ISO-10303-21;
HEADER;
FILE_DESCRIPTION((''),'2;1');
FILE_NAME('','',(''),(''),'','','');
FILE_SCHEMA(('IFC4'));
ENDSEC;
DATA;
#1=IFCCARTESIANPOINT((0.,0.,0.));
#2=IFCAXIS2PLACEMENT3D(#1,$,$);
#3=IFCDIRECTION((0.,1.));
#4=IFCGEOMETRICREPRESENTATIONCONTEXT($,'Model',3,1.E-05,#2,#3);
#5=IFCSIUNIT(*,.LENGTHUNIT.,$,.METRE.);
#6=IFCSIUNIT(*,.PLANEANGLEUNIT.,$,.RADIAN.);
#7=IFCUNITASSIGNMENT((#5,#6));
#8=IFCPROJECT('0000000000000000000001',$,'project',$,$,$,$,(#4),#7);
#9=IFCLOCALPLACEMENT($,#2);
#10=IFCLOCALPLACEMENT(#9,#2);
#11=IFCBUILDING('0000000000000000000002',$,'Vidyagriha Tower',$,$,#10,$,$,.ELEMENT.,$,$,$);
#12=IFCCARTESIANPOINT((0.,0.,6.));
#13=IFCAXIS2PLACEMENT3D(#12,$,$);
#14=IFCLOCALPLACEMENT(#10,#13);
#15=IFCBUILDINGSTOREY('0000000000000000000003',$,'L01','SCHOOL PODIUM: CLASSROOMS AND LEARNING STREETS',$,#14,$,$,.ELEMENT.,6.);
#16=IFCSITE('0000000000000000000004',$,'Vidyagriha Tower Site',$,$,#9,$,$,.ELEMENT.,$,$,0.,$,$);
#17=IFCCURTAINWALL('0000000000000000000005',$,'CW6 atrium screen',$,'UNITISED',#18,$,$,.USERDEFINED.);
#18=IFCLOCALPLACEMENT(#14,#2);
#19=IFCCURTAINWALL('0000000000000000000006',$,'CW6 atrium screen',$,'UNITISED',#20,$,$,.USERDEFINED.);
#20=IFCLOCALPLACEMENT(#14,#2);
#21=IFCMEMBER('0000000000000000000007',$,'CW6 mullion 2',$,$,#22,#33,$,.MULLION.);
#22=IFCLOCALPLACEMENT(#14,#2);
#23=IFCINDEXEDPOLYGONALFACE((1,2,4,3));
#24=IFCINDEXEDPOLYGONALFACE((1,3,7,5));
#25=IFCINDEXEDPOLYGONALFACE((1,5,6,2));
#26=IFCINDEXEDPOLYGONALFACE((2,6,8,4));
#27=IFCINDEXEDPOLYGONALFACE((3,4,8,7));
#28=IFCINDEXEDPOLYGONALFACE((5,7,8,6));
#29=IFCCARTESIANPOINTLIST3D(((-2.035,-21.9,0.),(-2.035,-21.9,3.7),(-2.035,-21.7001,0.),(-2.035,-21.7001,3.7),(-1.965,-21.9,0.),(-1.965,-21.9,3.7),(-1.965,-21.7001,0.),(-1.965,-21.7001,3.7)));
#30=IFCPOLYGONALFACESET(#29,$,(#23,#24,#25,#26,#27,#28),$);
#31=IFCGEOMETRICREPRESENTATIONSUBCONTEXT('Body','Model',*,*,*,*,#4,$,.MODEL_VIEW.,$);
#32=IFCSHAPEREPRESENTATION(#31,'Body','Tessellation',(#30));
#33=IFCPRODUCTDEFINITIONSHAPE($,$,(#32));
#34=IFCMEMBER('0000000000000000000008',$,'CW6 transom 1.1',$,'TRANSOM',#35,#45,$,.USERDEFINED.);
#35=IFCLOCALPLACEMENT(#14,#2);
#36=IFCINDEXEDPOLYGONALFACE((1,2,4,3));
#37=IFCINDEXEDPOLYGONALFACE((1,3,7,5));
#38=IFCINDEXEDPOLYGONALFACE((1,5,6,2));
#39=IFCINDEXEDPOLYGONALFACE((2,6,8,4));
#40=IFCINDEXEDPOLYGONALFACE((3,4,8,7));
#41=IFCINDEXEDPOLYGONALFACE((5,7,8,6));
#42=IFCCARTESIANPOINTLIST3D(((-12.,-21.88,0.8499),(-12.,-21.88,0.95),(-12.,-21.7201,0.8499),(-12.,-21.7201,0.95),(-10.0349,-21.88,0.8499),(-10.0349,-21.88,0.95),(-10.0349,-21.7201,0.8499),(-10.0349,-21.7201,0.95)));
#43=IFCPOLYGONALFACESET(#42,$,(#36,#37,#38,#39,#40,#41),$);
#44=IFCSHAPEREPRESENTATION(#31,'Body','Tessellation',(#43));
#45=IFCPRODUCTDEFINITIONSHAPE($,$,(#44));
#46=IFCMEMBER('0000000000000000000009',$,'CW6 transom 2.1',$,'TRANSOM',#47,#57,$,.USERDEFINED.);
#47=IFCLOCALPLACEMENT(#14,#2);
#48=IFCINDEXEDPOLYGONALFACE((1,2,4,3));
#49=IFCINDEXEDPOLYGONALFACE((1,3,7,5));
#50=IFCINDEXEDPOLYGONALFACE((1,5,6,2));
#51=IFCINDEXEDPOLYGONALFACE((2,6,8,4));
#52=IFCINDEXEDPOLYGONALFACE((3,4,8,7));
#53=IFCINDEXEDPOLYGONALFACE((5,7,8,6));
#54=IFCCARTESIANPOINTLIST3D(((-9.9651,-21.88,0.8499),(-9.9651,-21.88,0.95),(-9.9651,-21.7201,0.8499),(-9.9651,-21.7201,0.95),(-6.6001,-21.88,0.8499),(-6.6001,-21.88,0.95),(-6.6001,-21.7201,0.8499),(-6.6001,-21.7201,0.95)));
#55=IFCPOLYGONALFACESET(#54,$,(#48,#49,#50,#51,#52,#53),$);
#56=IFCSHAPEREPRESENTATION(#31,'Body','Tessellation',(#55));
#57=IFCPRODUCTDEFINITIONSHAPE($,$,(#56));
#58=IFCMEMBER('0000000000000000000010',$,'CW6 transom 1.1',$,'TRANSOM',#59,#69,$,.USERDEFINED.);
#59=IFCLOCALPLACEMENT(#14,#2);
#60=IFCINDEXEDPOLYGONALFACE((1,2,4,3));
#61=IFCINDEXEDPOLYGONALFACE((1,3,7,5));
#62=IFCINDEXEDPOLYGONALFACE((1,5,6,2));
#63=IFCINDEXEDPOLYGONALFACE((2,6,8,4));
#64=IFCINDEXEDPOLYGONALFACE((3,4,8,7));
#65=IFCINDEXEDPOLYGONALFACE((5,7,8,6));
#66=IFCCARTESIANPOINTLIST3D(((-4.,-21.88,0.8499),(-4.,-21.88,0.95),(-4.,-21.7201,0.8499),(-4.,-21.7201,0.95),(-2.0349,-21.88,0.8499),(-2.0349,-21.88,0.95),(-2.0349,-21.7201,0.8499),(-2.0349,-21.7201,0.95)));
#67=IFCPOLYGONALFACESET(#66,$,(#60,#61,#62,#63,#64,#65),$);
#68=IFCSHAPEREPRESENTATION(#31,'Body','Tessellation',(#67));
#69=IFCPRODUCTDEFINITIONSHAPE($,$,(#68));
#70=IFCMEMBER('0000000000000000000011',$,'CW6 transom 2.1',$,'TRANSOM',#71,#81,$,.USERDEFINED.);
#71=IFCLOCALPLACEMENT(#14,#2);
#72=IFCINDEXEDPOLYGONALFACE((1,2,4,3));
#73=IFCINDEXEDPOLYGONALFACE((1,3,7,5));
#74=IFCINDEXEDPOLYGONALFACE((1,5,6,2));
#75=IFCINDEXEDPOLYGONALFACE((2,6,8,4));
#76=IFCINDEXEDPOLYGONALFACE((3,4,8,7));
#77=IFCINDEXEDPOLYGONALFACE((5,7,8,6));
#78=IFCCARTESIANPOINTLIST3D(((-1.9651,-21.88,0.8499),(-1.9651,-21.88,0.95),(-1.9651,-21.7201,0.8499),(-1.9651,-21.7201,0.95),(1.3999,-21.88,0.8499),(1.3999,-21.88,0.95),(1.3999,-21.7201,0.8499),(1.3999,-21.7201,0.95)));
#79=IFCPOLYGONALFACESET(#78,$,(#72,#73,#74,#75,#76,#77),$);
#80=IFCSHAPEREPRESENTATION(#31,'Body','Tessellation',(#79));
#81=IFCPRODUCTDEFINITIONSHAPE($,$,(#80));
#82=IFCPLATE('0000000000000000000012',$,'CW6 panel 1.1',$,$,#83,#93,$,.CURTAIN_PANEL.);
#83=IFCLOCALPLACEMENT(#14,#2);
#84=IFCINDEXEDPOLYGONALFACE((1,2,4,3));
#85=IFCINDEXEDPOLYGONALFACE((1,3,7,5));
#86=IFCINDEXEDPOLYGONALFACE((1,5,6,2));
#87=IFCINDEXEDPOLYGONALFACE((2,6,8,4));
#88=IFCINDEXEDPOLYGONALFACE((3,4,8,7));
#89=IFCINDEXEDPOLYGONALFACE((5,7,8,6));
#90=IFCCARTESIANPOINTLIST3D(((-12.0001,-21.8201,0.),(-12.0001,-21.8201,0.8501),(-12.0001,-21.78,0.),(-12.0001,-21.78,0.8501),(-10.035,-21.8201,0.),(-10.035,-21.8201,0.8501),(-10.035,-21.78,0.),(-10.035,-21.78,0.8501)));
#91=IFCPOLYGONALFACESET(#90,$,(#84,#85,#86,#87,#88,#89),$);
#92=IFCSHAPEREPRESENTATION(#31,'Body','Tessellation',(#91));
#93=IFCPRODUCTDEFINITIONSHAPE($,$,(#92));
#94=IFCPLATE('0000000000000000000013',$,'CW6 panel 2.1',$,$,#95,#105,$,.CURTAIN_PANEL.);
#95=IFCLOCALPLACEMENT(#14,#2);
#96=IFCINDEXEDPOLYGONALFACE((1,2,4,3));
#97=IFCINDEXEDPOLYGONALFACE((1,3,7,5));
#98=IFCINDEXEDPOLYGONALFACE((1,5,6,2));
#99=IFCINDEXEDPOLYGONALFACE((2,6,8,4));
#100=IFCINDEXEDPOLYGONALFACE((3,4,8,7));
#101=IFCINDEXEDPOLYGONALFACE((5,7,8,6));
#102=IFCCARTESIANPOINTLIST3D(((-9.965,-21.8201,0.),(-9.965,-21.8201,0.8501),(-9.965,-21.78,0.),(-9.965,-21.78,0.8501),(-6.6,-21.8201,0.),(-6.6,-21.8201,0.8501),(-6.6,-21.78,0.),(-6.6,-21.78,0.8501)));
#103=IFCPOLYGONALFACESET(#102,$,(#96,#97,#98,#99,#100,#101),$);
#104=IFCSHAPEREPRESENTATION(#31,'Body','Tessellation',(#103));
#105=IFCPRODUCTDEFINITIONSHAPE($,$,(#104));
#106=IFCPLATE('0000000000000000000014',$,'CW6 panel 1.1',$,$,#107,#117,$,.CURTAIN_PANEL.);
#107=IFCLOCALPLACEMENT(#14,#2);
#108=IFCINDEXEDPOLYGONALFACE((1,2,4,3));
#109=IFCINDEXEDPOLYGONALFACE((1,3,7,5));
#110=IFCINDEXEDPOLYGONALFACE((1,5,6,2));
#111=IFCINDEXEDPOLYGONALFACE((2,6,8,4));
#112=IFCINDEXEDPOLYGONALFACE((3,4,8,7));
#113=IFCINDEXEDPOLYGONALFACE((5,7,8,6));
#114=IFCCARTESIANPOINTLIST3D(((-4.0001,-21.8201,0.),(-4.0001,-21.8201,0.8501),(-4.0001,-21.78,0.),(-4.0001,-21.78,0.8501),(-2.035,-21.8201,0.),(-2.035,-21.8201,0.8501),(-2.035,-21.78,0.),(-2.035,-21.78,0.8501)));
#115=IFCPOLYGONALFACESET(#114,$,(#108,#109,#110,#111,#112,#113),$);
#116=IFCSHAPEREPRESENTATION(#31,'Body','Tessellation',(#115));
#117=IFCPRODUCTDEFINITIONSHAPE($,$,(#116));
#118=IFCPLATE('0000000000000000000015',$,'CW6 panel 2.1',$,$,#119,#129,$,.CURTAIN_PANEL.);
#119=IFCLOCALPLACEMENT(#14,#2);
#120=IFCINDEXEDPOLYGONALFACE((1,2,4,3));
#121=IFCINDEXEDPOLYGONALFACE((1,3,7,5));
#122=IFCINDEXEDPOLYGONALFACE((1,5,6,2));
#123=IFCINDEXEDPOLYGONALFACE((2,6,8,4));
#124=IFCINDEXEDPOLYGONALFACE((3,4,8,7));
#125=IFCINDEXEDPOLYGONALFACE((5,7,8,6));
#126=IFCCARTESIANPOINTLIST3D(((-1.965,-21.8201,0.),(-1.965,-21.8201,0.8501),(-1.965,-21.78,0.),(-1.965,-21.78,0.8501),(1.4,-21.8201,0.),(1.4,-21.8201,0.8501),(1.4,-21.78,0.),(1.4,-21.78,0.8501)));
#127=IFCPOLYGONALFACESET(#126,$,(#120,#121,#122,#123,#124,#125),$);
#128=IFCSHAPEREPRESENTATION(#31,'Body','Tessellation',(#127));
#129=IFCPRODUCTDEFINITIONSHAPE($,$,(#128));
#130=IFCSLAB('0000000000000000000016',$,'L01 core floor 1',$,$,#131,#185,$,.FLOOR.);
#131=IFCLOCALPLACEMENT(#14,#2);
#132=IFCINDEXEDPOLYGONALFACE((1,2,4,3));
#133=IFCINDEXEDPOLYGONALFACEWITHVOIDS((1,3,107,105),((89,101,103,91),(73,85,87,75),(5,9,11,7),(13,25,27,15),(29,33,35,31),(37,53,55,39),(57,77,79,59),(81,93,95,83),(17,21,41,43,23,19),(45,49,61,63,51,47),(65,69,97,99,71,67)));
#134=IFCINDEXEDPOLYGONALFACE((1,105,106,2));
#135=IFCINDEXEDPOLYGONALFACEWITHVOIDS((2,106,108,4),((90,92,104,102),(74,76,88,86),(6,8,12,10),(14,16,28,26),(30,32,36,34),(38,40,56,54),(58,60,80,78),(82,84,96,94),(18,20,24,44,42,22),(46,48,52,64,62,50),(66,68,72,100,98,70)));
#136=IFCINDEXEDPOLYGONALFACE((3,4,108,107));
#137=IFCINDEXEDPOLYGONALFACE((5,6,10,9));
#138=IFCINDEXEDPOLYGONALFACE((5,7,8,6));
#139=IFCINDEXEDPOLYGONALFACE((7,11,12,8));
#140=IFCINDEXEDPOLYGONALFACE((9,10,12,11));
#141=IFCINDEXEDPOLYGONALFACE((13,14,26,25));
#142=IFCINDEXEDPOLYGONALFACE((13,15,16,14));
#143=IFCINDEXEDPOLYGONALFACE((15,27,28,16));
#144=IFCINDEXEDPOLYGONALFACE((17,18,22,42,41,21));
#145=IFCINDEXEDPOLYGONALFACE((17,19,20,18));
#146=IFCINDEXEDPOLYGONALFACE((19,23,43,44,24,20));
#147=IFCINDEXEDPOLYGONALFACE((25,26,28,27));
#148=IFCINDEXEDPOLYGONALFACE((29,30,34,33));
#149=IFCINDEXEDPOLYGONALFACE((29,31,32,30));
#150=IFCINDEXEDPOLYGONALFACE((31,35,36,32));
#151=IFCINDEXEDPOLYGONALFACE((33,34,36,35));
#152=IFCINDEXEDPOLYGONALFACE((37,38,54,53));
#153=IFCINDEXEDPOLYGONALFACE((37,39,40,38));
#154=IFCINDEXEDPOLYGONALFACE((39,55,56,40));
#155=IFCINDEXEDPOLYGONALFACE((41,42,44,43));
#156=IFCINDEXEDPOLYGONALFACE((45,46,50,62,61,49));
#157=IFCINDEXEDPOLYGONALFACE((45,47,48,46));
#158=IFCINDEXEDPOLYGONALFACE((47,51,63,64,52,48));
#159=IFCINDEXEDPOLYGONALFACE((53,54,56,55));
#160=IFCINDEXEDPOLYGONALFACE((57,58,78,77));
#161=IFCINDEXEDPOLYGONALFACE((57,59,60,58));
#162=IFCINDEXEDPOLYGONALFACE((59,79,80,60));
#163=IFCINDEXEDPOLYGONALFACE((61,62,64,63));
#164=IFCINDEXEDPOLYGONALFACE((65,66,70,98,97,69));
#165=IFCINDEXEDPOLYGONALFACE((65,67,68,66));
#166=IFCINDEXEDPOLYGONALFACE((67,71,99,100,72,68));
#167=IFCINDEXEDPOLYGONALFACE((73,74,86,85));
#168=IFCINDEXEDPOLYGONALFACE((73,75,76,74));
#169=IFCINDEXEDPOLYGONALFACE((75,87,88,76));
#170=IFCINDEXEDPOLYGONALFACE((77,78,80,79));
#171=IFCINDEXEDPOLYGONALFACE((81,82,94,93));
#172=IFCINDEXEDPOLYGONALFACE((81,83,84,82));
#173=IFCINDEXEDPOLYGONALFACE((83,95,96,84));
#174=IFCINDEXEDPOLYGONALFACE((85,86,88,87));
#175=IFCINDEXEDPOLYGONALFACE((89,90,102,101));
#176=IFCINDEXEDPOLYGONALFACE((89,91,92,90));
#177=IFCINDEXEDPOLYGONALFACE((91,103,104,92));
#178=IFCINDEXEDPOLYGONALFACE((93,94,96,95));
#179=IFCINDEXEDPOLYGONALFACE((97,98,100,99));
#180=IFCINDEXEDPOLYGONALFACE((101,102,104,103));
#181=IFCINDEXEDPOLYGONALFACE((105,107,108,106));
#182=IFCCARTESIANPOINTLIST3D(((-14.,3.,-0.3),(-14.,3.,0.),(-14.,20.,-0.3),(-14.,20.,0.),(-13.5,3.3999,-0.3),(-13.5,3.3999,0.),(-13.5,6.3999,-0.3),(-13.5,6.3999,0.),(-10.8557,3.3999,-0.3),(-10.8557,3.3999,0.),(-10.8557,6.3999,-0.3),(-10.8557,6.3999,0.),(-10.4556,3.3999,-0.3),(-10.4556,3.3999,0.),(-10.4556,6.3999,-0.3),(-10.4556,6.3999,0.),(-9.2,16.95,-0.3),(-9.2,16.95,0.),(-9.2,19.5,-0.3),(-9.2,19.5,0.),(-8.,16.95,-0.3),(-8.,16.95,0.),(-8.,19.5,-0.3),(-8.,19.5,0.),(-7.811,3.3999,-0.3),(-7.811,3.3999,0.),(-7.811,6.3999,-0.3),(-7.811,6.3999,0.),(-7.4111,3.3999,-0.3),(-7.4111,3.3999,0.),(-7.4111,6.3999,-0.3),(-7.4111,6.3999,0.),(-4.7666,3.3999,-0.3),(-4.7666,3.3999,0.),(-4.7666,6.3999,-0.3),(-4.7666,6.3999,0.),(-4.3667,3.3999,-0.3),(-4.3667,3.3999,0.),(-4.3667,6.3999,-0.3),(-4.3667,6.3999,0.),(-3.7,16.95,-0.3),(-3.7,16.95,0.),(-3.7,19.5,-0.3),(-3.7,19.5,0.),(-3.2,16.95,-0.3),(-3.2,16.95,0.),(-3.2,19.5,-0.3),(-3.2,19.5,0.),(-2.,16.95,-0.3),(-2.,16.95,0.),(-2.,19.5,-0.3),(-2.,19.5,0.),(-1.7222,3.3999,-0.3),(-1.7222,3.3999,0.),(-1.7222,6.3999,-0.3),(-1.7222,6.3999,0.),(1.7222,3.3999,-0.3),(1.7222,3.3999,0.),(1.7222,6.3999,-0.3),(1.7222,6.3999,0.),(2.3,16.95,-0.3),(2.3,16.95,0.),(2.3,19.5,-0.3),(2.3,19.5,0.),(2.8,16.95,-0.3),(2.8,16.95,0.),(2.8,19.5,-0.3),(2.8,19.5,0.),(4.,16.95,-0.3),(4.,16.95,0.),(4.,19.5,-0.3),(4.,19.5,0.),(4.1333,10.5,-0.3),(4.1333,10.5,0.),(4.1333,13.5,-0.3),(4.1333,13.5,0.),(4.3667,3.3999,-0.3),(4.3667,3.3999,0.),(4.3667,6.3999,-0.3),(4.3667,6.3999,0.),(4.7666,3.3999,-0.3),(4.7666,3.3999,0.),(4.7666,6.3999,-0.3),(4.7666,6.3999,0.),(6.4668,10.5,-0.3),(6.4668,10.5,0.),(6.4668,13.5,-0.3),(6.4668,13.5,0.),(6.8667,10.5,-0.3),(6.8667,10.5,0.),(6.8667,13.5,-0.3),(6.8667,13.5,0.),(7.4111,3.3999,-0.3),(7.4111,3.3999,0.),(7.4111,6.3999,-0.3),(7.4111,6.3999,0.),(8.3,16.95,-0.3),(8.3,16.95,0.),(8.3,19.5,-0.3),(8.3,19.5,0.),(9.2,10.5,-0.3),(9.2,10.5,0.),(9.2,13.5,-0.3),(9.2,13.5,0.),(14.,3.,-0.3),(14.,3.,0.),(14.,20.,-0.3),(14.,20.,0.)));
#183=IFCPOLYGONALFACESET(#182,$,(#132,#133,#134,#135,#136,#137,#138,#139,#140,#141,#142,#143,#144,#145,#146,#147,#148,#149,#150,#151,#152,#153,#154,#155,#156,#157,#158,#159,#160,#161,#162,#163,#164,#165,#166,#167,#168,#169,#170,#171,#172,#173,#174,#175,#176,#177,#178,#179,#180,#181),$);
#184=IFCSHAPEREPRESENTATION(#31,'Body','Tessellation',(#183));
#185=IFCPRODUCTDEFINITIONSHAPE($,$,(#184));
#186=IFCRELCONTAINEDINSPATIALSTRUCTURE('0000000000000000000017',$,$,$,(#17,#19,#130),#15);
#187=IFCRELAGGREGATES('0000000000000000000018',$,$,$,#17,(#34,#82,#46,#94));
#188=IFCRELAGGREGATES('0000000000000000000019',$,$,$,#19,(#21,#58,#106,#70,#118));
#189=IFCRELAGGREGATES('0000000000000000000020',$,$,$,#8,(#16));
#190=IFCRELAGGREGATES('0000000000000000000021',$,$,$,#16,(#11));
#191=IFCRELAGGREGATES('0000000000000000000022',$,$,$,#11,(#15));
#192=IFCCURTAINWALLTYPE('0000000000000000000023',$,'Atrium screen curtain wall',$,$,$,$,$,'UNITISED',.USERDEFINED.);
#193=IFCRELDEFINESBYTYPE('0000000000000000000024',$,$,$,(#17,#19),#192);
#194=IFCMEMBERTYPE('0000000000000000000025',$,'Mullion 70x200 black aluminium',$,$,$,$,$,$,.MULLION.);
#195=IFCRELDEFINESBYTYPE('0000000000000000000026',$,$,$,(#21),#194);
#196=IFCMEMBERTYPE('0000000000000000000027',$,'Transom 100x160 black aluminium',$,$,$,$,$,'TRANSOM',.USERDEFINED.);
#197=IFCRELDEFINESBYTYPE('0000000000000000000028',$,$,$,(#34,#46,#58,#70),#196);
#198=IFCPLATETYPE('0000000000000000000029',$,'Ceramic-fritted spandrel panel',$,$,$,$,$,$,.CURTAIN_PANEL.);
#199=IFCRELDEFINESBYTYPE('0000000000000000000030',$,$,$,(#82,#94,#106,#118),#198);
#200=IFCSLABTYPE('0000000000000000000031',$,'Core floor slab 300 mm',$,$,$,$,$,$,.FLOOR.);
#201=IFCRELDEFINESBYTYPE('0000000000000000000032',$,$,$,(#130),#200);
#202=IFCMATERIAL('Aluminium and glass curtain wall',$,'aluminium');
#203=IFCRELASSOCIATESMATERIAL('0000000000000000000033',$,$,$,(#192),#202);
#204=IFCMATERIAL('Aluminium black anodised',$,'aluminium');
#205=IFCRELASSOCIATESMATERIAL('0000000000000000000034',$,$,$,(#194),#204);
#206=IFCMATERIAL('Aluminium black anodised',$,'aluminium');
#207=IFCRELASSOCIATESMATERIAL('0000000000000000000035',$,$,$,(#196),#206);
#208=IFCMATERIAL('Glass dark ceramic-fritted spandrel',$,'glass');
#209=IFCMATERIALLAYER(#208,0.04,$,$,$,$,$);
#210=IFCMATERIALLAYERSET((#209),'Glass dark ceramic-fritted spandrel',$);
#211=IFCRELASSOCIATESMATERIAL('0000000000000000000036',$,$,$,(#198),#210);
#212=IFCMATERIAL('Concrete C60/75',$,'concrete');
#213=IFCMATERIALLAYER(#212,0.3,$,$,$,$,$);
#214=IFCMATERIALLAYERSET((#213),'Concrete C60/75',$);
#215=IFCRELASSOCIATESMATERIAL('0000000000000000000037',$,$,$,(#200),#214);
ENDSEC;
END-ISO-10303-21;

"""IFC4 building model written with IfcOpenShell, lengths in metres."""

from ifc_helpers import new_model, si_unit, direction, frame, origin, origin_2d, place, context, subcontext, project, spatial, polyline, rectangle, outline, extrude, material, layer, layer_set, material_profile, profile_set, type_object, element, aggregate, save


model = new_model("IFC4")

# Units and contexts
model_context = context("Model", 3, precision=1e-05, world=origin(), true_north=direction((0.0, 1.0)))
body_context = subcontext(model_context, "Body", "Model", "MODEL_VIEW")
ifc_project = project(units=[si_unit("LENGTHUNIT", "METRE"), si_unit("PLANEANGLEUNIT", "RADIAN")], contexts=[model_context])

# Site, building, storey
site_placement = place(None, origin())
site = spatial("IfcSite", under=ifc_project, at=site_placement, Name="Vidyagriha Tower Site", CompositionType="ELEMENT", RefElevation=0.0)
building_placement = place(site_placement, origin())
building = spatial("IfcBuilding", under=site, at=building_placement, Name="Vidyagriha Tower", CompositionType="ELEMENT")
storey_placement = place(building_placement, frame((0.0, 0.0, 6.0)))
storey = spatial("IfcBuildingStorey", under=building, at=storey_placement, Name="L01", Description="SCHOOL PODIUM: CLASSROOMS AND LEARNING STREETS", CompositionType="ELEMENT", Elevation=6.0)

# Shared definitions
ifc_material_1 = material(Name="Aluminium and glass curtain wall", Category="aluminium")
curtain_wall_type = type_object("IfcCurtainWallType", Name="Atrium screen curtain wall", ElementType="UNITISED", PredefinedType="USERDEFINED", material=ifc_material_1)
ifc_material_2 = material(Name="Aluminium black anodised", Category="aluminium")
ifc_material_profile_1 = material_profile(ifc_material_2, rectangle(XDim=0.2, YDim=0.0701, at=origin_2d()), Name="Mullion 70x200 black aluminium")
ifc_profile_set_1 = profile_set([ifc_material_profile_1], Name="Aluminium black anodised")
member_type_1 = type_object("IfcMemberType", Name="Mullion 70x200 black aluminium", PredefinedType="MULLION", material=ifc_profile_set_1)

# Curtain wall
curtain_wall_1_placement = place(storey_placement, origin())
curtain_wall_1 = element("IfcCurtainWall", 1, at=curtain_wall_1_placement, inside=storey, type_object=curtain_wall_type, Name="CW6 atrium screen", ObjectType="UNITISED", PredefinedType="USERDEFINED")

# Curtain wall, member
curtain_wall_2_placement = place(storey_placement, origin())
curtain_wall_2 = element("IfcCurtainWall", 2, at=curtain_wall_2_placement, inside=storey, type_object=curtain_wall_type, Name="CW6 atrium screen", ObjectType="UNITISED", PredefinedType="USERDEFINED")
member_1_placement = place(storey_placement, frame((-2.0, -21.8, 0.0), z_axis=(0.0, 0.0, 1.0), x_axis=(0.0, 1.0, 0.0)))
member_1 = element("IfcMember", 3, at=member_1_placement, type_object=member_type_1, Name="CW6 mullion 2", PredefinedType="MULLION", context=body_context, shape_type="SweptSolid", body=[
    extrude(rectangle(XDim=0.2, YDim=0.0701, at=origin_2d()), origin(), (0.0, 0.0, 1.0), 3.7),
])

# Members
ifc_material_3 = material(Name="Aluminium black anodised", Category="aluminium")
ifc_material_profile_2 = material_profile(ifc_material_3, rectangle(XDim=0.1599, YDim=0.1001, at=origin_2d()), Name="Transom 100x160 black aluminium")
ifc_profile_set_2 = profile_set([ifc_material_profile_2], Name="Aluminium black anodised")
member_type_2 = type_object("IfcMemberType", Name="Transom 100x160 black aluminium", ElementType="TRANSOM", PredefinedType="USERDEFINED", material=ifc_profile_set_2)
member_2_placement = place(storey_placement, frame((-12.0, -21.8, 0.8999), z_axis=(1.0, 0.0, 0.0), x_axis=(0.0, 1.0, 0.0)))
member_2 = element("IfcMember", 4, at=member_2_placement, type_object=member_type_2, Name="CW6 transom 1.1", ObjectType="TRANSOM", PredefinedType="USERDEFINED", context=body_context, shape_type="SweptSolid", body=[
    extrude(rectangle(XDim=0.1599, YDim=0.1001, at=origin_2d()), origin(), (0.0, 0.0, 1.0), 1.9651),
])
member_3_placement = place(storey_placement, frame((-9.9651, -21.8, 0.8999), z_axis=(1.0, 0.0, 0.0), x_axis=(0.0, 1.0, 0.0)))
member_3 = element("IfcMember", 5, at=member_3_placement, type_object=member_type_2, Name="CW6 transom 2.1", ObjectType="TRANSOM", PredefinedType="USERDEFINED", context=body_context, shape_type="SweptSolid", body=[
    extrude(rectangle(XDim=0.1599, YDim=0.1001, at=origin_2d()), origin(), (0.0, 0.0, 1.0), 3.365),
])
member_4_placement = place(storey_placement, frame((-4.0, -21.8, 0.8999), z_axis=(1.0, 0.0, 0.0), x_axis=(0.0, 1.0, 0.0)))
member_4 = element("IfcMember", 6, at=member_4_placement, type_object=member_type_2, Name="CW6 transom 1.1", ObjectType="TRANSOM", PredefinedType="USERDEFINED", context=body_context, shape_type="SweptSolid", body=[
    extrude(rectangle(XDim=0.1599, YDim=0.1001, at=origin_2d()), origin(), (0.0, 0.0, 1.0), 1.9651),
])
member_5_placement = place(storey_placement, frame((-1.9651, -21.8, 0.8999), z_axis=(1.0, 0.0, 0.0), x_axis=(0.0, 1.0, 0.0)))
member_5 = element("IfcMember", 7, at=member_5_placement, type_object=member_type_2, Name="CW6 transom 2.1", ObjectType="TRANSOM", PredefinedType="USERDEFINED", context=body_context, shape_type="SweptSolid", body=[
    extrude(rectangle(XDim=0.1599, YDim=0.1001, at=origin_2d()), origin(), (0.0, 0.0, 1.0), 3.365),
])

# Plates
ifc_material_4 = material(Name="Glass dark ceramic-fritted spandrel", Category="glass")
ifc_layer_1 = layer(ifc_material_4, 0.04)
ifc_layer_set_1 = layer_set([ifc_layer_1], Name="Glass dark ceramic-fritted spandrel")
plate_type_1 = type_object("IfcPlateType", Name="Ceramic-fritted spandrel panel", PredefinedType="CURTAIN_PANEL", material=ifc_layer_set_1)
plate_1_placement = place(storey_placement, frame((-11.0176, -21.8, 0.0)))
plate_1 = element("IfcPlate", 8, at=plate_1_placement, type_object=plate_type_1, Name="CW6 panel 1.1", PredefinedType="CURTAIN_PANEL", context=body_context, shape_type="SweptSolid", body=[
    extrude(rectangle(XDim=1.9651, YDim=0.04, at=origin_2d()), origin(), (0.0, 0.0, 1.0), 0.8501),
])
plate_2_placement = place(storey_placement, frame((-8.2825, -21.8, 0.0)))
plate_2 = element("IfcPlate", 9, at=plate_2_placement, type_object=plate_type_1, Name="CW6 panel 2.1", PredefinedType="CURTAIN_PANEL", context=body_context, shape_type="SweptSolid", body=[
    extrude(rectangle(XDim=3.365, YDim=0.04, at=origin_2d()), origin(), (0.0, 0.0, 1.0), 0.8501),
])
plate_3_placement = place(storey_placement, frame((-3.0176, -21.8, 0.0)))
plate_3 = element("IfcPlate", 10, at=plate_3_placement, type_object=plate_type_1, Name="CW6 panel 1.1", PredefinedType="CURTAIN_PANEL", context=body_context, shape_type="SweptSolid", body=[
    extrude(rectangle(XDim=1.9651, YDim=0.04, at=origin_2d()), origin(), (0.0, 0.0, 1.0), 0.8501),
])
plate_4_placement = place(storey_placement, frame((-0.2825, -21.8, 0.0)))
plate_4 = element("IfcPlate", 11, at=plate_4_placement, type_object=plate_type_1, Name="CW6 panel 2.1", PredefinedType="CURTAIN_PANEL", context=body_context, shape_type="SweptSolid", body=[
    extrude(rectangle(XDim=3.365, YDim=0.04, at=origin_2d()), origin(), (0.0, 0.0, 1.0), 0.8501),
])

# Slab
ifc_material_5 = material(Name="Concrete C60/75", Category="concrete")
ifc_layer_2 = layer(ifc_material_5, 0.3)
ifc_layer_set_2 = layer_set([ifc_layer_2], Name="Concrete C60/75")
slab_type_1 = type_object("IfcSlabType", Name="Core floor slab 300 mm", PredefinedType="FLOOR", material=ifc_layer_set_2)
slab_1_placement = place(storey_placement, frame((0.0, 0.0, -0.3)))
element("IfcSlab", 12, at=slab_1_placement, inside=storey, type_object=slab_type_1, Name="L01 core floor 1", PredefinedType="FLOOR", context=body_context, shape_type="SweptSolid", body=[
    extrude(outline(polyline([(-14.0, 3.0), (-14.0, 20.0), (14.0, 20.0), (14.0, 3.0), (-14.0, 3.0)]), holes=[polyline([(9.2, 13.5), (6.8667, 13.5), (6.8667, 10.5), (9.2, 10.5), (9.2, 13.5)]), polyline([(4.0, 19.5), (2.8, 19.5), (2.8, 16.95), (4.0, 16.95), (8.3, 16.95), (8.3, 19.5), (4.0, 19.5)]), polyline([(7.4111, 6.3999), (4.7666, 6.3999), (4.7666, 3.3999), (7.4111, 3.3999), (7.4111, 6.3999)]), polyline([(6.4668, 13.5), (4.1333, 13.5), (4.1333, 10.5), (6.4668, 10.5), (6.4668, 13.5)]), polyline([(1.7222, 6.3999), (1.7222, 3.3999), (4.3667, 3.3999), (4.3667, 6.3999), (1.7222, 6.3999)]), polyline([(-2.0, 16.95), (2.3, 16.95), (2.3, 19.5), (-2.0, 19.5), (-3.2, 19.5), (-3.2, 16.95), (-2.0, 16.95)]), polyline([(-1.7222, 6.3999), (-4.3667, 6.3999), (-4.3667, 3.3999), (-1.7222, 3.3999), (-1.7222, 6.3999)]), polyline([(-8.0, 19.5), (-9.2, 19.5), (-9.2, 16.95), (-8.0, 16.95), (-3.7, 16.95), (-3.7, 19.5), (-8.0, 19.5)]), polyline([(-4.7666, 6.3999), (-7.4111, 6.3999), (-7.4111, 3.3999), (-4.7666, 3.3999), (-4.7666, 6.3999)]), polyline([(-7.811, 6.3999), (-10.4556, 6.3999), (-10.4556, 3.3999), (-7.811, 3.3999), (-7.811, 6.3999)]), polyline([(-13.5, 6.3999), (-13.5, 3.3999), (-10.8557, 3.3999), (-10.8557, 6.3999), (-13.5, 6.3999)])]), origin(), (0.0, 0.0, 1.0), 0.3),
])

aggregate(curtain_wall_1, [member_2, plate_1, member_3, plate_2])
aggregate(curtain_wall_2, [member_1, member_4, plate_3, member_5, plate_4])

save(model, "model.ifc")
